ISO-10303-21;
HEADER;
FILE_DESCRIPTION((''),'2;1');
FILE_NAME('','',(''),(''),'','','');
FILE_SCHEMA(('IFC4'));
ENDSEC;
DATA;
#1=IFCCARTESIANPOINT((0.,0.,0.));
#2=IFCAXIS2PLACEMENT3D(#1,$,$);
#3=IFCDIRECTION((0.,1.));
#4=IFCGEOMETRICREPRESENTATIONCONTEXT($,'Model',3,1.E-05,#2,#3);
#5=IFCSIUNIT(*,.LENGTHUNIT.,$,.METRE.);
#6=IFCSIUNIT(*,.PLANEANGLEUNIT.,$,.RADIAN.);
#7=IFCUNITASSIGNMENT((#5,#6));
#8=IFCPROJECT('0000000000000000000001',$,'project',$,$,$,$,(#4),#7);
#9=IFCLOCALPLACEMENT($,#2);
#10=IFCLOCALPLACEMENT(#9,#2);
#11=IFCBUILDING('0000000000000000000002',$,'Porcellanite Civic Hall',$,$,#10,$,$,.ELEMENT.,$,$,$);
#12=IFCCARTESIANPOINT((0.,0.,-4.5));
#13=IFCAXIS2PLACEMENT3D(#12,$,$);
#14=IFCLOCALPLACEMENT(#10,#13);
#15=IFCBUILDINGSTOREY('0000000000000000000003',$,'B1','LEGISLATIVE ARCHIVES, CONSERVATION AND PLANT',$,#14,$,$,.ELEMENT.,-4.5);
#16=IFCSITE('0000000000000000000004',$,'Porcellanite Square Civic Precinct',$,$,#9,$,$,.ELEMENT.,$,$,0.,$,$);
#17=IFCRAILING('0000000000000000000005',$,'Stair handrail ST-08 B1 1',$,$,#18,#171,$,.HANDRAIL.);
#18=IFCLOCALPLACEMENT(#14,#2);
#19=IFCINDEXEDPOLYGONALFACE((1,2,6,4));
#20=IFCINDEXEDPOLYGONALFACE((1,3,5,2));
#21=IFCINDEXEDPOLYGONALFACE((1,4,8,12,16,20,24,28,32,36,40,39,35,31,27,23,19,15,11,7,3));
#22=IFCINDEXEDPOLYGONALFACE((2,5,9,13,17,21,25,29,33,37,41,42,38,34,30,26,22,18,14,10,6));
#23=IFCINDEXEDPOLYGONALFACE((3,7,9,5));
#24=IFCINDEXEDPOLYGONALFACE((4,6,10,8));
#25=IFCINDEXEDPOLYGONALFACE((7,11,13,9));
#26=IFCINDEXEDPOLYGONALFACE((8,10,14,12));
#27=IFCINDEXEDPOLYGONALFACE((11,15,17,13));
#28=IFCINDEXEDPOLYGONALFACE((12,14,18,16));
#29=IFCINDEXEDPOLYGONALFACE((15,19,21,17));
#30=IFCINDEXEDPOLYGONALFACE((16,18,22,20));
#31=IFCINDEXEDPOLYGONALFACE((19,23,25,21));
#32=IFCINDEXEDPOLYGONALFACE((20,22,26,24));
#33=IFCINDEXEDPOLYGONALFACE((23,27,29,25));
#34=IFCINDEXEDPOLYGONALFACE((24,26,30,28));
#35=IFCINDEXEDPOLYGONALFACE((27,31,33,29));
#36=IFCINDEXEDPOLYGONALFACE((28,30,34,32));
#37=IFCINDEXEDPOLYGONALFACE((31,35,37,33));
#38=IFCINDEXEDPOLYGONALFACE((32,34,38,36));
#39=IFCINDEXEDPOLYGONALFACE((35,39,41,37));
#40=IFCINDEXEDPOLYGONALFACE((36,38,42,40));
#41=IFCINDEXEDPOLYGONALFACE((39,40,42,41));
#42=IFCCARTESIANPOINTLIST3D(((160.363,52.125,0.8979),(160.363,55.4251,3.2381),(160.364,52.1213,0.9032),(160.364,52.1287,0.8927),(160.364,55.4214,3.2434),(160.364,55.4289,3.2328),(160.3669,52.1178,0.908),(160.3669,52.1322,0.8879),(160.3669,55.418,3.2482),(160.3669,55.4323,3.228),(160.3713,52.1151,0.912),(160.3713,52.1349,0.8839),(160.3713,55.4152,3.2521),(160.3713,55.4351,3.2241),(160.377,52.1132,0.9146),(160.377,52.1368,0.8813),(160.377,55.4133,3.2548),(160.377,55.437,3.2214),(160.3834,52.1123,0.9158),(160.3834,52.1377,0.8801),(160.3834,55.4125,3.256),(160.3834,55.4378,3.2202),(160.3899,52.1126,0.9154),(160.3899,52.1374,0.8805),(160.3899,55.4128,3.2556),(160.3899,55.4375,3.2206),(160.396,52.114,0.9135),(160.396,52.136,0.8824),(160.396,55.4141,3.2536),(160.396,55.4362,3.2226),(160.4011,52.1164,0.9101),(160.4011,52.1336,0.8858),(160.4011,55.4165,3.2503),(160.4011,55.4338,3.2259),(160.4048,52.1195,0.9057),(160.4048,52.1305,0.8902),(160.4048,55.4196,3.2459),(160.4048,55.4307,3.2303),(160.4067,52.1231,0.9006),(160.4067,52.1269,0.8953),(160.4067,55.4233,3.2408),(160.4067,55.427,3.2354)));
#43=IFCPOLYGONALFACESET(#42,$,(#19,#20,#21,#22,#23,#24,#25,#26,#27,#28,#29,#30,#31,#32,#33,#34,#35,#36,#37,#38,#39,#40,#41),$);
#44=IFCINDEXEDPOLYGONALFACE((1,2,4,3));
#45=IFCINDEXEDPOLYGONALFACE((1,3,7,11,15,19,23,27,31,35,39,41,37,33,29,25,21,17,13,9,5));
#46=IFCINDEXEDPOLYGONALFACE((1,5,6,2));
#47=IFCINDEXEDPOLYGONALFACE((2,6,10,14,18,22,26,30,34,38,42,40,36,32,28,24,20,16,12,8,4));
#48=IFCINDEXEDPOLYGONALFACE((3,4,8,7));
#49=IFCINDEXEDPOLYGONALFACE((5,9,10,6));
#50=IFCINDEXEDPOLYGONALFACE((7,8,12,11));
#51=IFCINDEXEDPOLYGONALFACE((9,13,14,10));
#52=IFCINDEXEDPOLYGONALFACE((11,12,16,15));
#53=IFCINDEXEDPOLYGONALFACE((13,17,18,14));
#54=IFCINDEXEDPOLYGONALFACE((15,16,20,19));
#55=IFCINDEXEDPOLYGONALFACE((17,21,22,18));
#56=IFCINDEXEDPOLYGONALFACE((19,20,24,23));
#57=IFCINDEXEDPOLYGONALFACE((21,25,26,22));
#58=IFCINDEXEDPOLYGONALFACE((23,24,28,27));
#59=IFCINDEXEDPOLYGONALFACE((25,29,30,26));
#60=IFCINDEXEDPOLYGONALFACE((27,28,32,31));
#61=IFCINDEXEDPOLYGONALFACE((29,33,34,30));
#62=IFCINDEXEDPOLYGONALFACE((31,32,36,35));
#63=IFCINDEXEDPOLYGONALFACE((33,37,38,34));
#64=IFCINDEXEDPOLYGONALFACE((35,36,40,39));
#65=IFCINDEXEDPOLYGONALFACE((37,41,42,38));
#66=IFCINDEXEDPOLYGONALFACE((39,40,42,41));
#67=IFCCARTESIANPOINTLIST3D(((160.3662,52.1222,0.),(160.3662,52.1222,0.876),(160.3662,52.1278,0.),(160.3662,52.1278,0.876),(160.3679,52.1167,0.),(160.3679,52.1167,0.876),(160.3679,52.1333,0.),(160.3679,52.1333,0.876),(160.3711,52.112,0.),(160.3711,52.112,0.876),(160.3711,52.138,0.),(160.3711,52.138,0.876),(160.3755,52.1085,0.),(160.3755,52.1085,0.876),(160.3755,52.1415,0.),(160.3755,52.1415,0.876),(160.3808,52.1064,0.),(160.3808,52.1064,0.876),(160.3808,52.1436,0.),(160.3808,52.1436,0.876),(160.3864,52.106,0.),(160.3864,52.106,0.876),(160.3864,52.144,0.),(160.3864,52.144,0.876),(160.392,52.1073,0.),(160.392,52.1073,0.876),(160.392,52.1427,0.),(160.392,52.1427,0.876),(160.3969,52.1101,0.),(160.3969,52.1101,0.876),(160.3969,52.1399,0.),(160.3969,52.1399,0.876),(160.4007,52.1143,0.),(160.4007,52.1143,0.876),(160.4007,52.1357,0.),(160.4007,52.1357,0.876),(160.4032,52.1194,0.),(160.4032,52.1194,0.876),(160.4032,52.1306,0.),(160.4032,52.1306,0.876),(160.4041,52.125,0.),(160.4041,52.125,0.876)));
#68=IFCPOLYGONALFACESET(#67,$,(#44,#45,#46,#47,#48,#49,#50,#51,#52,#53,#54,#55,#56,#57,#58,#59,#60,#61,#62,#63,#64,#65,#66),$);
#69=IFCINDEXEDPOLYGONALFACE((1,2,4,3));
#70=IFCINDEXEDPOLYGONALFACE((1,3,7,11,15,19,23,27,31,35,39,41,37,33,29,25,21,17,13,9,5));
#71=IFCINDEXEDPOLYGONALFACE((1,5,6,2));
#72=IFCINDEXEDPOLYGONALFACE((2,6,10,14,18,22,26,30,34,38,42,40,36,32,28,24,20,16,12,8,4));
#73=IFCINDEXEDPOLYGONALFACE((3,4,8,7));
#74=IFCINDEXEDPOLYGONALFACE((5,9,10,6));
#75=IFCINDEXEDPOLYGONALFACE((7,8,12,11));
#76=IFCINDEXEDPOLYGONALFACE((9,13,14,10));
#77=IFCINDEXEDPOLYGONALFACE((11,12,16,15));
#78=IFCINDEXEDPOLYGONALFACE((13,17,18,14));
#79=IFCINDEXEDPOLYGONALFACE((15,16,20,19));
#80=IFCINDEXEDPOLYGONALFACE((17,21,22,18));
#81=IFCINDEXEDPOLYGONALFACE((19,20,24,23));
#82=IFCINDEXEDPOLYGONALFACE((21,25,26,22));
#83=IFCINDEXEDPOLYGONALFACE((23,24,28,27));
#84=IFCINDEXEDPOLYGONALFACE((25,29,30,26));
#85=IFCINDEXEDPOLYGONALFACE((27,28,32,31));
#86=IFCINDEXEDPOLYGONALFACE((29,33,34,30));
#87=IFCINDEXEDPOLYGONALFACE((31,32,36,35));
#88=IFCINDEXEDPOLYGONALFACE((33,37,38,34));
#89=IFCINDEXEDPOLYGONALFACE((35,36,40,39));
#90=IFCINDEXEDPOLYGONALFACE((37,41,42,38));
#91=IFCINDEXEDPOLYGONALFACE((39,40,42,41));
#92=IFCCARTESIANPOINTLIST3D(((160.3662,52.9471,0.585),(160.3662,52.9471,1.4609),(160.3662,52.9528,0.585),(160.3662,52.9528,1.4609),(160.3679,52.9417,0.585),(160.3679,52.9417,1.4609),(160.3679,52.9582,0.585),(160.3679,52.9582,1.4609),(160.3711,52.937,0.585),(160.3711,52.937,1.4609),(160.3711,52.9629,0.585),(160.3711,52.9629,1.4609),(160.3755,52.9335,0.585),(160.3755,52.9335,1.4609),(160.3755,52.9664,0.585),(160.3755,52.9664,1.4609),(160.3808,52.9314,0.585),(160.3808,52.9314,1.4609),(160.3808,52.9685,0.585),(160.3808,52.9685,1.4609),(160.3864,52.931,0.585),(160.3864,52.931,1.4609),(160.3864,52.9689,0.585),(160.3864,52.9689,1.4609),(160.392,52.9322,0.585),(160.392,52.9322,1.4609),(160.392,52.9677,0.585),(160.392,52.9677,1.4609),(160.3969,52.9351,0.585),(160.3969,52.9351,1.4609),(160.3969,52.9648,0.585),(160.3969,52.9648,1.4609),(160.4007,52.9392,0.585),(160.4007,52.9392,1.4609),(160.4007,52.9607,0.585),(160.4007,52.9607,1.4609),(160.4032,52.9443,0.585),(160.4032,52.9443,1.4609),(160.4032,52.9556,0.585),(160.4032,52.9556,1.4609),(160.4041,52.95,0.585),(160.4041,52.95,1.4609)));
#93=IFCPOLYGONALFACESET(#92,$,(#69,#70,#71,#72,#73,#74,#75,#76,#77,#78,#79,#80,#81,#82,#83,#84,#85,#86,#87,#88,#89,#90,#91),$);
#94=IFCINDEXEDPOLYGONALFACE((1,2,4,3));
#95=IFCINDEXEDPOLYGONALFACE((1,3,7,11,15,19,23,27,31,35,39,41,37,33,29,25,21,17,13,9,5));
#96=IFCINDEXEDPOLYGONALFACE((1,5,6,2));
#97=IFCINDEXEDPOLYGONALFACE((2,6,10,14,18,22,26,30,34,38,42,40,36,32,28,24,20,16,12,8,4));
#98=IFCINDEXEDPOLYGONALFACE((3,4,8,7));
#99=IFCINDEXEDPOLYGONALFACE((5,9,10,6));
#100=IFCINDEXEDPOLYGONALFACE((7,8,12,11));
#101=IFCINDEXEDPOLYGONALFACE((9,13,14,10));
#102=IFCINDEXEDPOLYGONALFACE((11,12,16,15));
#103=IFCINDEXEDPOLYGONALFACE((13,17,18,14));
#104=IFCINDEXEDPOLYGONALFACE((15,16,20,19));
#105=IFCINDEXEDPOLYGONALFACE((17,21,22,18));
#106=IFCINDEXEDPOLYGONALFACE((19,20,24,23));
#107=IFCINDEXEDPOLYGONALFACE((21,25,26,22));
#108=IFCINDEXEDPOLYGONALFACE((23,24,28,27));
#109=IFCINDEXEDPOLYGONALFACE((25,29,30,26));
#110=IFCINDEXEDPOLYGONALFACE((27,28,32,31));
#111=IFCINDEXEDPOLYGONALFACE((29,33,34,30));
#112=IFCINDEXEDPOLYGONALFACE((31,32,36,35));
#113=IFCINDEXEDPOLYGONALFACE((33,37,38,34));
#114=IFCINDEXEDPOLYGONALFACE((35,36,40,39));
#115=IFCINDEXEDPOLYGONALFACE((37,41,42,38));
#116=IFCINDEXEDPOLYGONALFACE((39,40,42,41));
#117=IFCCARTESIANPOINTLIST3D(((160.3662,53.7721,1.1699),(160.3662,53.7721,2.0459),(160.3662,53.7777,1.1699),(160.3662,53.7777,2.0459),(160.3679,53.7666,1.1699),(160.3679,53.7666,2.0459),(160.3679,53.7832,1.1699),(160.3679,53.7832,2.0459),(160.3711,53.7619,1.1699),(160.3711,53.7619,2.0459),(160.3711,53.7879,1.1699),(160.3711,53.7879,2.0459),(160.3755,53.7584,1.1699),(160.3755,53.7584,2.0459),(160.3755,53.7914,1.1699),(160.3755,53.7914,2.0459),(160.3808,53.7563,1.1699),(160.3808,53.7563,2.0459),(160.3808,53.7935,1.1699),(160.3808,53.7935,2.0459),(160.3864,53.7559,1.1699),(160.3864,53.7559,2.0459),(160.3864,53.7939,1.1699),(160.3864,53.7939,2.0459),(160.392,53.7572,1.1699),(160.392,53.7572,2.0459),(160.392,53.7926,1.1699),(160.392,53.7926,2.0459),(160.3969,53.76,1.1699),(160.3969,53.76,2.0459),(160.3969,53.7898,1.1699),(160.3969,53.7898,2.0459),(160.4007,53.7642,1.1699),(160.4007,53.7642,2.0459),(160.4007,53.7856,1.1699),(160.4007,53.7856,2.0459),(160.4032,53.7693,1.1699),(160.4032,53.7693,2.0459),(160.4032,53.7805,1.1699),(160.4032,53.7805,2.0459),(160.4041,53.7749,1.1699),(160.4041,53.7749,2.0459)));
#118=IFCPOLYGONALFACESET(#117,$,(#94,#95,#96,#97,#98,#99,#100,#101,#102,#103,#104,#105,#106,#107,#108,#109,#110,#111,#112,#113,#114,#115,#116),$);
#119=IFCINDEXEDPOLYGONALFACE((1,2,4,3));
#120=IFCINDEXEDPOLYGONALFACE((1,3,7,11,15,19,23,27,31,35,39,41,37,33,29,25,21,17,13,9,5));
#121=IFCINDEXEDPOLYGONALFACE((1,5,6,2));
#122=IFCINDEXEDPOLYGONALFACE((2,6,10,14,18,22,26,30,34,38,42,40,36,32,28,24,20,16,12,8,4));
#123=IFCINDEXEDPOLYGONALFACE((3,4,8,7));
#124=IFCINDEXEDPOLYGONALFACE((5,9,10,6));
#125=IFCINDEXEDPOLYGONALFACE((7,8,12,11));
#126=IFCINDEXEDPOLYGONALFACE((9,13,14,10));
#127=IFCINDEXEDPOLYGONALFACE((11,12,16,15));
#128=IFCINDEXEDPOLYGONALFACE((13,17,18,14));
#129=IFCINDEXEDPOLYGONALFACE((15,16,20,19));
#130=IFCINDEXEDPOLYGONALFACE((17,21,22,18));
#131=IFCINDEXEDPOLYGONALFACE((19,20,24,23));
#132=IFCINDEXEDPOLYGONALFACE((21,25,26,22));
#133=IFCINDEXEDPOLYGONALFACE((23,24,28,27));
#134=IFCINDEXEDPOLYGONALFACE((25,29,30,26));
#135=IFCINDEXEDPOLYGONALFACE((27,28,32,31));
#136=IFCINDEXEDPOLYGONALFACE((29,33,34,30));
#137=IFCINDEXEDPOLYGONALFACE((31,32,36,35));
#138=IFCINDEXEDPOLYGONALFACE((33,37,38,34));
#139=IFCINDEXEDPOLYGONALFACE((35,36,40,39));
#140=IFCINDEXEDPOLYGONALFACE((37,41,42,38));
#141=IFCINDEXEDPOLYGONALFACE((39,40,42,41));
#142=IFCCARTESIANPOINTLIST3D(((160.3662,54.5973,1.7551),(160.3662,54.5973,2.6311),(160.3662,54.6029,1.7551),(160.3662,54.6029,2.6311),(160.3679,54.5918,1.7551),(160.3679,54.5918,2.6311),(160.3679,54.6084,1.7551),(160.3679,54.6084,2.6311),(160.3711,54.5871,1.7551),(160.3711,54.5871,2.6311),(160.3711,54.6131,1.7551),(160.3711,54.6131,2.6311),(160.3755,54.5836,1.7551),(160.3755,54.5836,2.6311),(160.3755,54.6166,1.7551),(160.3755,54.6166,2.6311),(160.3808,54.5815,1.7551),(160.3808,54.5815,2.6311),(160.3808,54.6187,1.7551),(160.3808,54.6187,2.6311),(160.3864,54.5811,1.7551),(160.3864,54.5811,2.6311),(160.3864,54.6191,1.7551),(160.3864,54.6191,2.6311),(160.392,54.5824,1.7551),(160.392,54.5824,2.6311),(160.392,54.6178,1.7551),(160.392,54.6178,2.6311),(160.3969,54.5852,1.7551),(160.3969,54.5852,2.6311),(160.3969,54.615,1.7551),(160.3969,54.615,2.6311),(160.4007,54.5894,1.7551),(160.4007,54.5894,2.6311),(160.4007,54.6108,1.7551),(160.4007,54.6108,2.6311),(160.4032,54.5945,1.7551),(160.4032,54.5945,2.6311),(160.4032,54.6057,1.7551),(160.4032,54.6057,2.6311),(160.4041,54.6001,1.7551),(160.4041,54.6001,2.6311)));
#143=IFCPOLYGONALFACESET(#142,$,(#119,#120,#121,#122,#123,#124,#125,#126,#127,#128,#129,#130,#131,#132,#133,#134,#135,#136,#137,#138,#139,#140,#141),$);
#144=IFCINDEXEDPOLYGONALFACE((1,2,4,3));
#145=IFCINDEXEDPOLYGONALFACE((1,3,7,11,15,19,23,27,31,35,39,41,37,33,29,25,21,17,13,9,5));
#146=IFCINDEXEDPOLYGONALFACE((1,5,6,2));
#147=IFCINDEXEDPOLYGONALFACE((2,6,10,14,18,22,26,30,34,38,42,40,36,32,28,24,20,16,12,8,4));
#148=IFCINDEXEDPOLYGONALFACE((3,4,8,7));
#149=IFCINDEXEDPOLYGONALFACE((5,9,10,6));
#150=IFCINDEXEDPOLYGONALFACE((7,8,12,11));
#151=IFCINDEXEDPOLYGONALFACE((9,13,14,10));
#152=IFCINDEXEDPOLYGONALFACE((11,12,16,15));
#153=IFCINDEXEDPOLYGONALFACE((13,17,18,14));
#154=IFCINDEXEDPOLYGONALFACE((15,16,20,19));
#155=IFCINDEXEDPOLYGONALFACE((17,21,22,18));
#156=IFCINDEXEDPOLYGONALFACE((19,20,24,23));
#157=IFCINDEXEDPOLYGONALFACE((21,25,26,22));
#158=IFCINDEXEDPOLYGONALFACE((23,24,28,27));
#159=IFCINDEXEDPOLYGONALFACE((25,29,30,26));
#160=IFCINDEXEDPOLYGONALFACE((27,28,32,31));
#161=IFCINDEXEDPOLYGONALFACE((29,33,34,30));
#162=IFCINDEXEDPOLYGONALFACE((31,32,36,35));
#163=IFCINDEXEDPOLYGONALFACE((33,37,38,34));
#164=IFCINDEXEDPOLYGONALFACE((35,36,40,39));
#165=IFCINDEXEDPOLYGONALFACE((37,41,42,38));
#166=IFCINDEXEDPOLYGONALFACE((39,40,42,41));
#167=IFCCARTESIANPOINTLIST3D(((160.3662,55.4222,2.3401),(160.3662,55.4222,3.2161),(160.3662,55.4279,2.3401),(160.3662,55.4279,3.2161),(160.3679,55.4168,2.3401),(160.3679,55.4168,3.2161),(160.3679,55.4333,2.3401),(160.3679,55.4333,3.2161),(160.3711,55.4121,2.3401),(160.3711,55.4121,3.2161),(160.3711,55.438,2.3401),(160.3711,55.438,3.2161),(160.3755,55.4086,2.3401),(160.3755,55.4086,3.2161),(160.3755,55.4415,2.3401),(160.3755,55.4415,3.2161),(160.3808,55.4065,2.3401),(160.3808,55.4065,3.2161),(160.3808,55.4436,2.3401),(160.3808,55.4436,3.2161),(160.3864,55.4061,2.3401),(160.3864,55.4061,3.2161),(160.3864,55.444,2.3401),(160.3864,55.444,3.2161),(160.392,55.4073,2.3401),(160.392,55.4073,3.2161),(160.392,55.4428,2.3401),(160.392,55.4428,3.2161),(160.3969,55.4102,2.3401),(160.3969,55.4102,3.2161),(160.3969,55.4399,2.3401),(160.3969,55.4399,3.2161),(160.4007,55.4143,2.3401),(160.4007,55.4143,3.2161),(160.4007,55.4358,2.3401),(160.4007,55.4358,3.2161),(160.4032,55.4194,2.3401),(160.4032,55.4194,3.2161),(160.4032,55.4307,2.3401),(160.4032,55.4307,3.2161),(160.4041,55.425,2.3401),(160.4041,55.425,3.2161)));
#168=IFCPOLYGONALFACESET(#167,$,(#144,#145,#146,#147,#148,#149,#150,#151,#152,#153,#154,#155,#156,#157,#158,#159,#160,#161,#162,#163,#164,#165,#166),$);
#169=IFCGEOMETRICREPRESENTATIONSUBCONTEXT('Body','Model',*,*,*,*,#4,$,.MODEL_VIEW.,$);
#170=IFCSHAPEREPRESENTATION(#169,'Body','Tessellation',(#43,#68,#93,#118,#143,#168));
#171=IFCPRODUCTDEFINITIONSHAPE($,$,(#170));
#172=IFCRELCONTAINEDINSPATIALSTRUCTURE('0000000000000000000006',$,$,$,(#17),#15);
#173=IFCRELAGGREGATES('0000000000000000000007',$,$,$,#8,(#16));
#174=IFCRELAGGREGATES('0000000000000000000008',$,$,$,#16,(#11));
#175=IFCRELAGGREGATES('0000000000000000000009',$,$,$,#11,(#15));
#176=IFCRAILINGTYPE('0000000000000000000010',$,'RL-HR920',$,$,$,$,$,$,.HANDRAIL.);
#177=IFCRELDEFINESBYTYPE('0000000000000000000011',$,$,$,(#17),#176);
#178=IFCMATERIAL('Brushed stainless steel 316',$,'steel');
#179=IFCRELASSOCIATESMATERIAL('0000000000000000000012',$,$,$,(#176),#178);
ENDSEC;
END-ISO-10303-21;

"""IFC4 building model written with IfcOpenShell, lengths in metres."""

from ifc_helpers import new_model, si_unit, direction, frame, origin, origin_2d, place, context, subcontext, project, spatial, circle, extrude, material, type_object, element, save


model = new_model("IFC4")

# Units and contexts
model_context = context("Model", 3, precision=1e-05, world=origin(), true_north=direction((0.0, 1.0)))
body_context = subcontext(model_context, "Body", "Model", "MODEL_VIEW")
ifc_project = project(units=[si_unit("LENGTHUNIT", "METRE"), si_unit("PLANEANGLEUNIT", "RADIAN")], contexts=[model_context])

# Site, building, storey
site_placement = place(None, origin())
site = spatial("IfcSite", under=ifc_project, at=site_placement, Name="Porcellanite Square Civic Precinct", CompositionType="ELEMENT", RefElevation=0.0)
building_placement = place(site_placement, origin())
building = spatial("IfcBuilding", under=site, at=building_placement, Name="Porcellanite Civic Hall", CompositionType="ELEMENT")
storey_placement = place(building_placement, frame((0.0, 0.0, -4.5)))
storey = spatial("IfcBuildingStorey", under=building, at=storey_placement, Name="B1", Description="LEGISLATIVE ARCHIVES, CONSERVATION AND PLANT", CompositionType="ELEMENT", Elevation=-4.5)

# Railing
ifc_material_1 = material(Name="Brushed stainless steel 316", Category="steel")
railing_type = type_object("IfcRailingType", Name="RL-HR920", PredefinedType="HANDRAIL", material=ifc_material_1)
railing_placement = place(storey_placement, frame((160.385, 52.125, 0.0)))
element("IfcRailing", 1, at=railing_placement, inside=storey, type_object=railing_type, Name="Stair handrail ST-08 B1 1", PredefinedType="HANDRAIL", context=body_context, shape_type="SweptSolid", body=[
    extrude(circle(Radius=0.022, at=origin_2d()), frame((0.0, 0.0, 0.8979), z_axis=(0.0, 0.815727, 0.578438), x_axis=(-1.0, 0.0, 0.0)), (0.0, 0.0, 1.0), 4.0457),
    extrude(circle(Radius=0.019, at=origin_2d()), origin(), (0.0, 0.0, 1.0), 0.876),
    extrude(circle(Radius=0.019, at=origin_2d()), frame((0.0, 0.825, 0.585)), (0.0, 0.0, 1.0), 0.876),
    extrude(circle(Radius=0.019, at=origin_2d()), frame((0.0, 1.6499, 1.1699)), (0.0, 0.0, 1.0), 0.876),
    extrude(circle(Radius=0.019, at=origin_2d()), frame((0.0, 2.4751, 1.7551)), (0.0, 0.0, 1.0), 0.876),
    extrude(circle(Radius=0.019, at=origin_2d()), frame((0.0, 3.3, 2.3401)), (0.0, 0.0, 1.0), 0.876),
])

save(model, "model.ifc")
